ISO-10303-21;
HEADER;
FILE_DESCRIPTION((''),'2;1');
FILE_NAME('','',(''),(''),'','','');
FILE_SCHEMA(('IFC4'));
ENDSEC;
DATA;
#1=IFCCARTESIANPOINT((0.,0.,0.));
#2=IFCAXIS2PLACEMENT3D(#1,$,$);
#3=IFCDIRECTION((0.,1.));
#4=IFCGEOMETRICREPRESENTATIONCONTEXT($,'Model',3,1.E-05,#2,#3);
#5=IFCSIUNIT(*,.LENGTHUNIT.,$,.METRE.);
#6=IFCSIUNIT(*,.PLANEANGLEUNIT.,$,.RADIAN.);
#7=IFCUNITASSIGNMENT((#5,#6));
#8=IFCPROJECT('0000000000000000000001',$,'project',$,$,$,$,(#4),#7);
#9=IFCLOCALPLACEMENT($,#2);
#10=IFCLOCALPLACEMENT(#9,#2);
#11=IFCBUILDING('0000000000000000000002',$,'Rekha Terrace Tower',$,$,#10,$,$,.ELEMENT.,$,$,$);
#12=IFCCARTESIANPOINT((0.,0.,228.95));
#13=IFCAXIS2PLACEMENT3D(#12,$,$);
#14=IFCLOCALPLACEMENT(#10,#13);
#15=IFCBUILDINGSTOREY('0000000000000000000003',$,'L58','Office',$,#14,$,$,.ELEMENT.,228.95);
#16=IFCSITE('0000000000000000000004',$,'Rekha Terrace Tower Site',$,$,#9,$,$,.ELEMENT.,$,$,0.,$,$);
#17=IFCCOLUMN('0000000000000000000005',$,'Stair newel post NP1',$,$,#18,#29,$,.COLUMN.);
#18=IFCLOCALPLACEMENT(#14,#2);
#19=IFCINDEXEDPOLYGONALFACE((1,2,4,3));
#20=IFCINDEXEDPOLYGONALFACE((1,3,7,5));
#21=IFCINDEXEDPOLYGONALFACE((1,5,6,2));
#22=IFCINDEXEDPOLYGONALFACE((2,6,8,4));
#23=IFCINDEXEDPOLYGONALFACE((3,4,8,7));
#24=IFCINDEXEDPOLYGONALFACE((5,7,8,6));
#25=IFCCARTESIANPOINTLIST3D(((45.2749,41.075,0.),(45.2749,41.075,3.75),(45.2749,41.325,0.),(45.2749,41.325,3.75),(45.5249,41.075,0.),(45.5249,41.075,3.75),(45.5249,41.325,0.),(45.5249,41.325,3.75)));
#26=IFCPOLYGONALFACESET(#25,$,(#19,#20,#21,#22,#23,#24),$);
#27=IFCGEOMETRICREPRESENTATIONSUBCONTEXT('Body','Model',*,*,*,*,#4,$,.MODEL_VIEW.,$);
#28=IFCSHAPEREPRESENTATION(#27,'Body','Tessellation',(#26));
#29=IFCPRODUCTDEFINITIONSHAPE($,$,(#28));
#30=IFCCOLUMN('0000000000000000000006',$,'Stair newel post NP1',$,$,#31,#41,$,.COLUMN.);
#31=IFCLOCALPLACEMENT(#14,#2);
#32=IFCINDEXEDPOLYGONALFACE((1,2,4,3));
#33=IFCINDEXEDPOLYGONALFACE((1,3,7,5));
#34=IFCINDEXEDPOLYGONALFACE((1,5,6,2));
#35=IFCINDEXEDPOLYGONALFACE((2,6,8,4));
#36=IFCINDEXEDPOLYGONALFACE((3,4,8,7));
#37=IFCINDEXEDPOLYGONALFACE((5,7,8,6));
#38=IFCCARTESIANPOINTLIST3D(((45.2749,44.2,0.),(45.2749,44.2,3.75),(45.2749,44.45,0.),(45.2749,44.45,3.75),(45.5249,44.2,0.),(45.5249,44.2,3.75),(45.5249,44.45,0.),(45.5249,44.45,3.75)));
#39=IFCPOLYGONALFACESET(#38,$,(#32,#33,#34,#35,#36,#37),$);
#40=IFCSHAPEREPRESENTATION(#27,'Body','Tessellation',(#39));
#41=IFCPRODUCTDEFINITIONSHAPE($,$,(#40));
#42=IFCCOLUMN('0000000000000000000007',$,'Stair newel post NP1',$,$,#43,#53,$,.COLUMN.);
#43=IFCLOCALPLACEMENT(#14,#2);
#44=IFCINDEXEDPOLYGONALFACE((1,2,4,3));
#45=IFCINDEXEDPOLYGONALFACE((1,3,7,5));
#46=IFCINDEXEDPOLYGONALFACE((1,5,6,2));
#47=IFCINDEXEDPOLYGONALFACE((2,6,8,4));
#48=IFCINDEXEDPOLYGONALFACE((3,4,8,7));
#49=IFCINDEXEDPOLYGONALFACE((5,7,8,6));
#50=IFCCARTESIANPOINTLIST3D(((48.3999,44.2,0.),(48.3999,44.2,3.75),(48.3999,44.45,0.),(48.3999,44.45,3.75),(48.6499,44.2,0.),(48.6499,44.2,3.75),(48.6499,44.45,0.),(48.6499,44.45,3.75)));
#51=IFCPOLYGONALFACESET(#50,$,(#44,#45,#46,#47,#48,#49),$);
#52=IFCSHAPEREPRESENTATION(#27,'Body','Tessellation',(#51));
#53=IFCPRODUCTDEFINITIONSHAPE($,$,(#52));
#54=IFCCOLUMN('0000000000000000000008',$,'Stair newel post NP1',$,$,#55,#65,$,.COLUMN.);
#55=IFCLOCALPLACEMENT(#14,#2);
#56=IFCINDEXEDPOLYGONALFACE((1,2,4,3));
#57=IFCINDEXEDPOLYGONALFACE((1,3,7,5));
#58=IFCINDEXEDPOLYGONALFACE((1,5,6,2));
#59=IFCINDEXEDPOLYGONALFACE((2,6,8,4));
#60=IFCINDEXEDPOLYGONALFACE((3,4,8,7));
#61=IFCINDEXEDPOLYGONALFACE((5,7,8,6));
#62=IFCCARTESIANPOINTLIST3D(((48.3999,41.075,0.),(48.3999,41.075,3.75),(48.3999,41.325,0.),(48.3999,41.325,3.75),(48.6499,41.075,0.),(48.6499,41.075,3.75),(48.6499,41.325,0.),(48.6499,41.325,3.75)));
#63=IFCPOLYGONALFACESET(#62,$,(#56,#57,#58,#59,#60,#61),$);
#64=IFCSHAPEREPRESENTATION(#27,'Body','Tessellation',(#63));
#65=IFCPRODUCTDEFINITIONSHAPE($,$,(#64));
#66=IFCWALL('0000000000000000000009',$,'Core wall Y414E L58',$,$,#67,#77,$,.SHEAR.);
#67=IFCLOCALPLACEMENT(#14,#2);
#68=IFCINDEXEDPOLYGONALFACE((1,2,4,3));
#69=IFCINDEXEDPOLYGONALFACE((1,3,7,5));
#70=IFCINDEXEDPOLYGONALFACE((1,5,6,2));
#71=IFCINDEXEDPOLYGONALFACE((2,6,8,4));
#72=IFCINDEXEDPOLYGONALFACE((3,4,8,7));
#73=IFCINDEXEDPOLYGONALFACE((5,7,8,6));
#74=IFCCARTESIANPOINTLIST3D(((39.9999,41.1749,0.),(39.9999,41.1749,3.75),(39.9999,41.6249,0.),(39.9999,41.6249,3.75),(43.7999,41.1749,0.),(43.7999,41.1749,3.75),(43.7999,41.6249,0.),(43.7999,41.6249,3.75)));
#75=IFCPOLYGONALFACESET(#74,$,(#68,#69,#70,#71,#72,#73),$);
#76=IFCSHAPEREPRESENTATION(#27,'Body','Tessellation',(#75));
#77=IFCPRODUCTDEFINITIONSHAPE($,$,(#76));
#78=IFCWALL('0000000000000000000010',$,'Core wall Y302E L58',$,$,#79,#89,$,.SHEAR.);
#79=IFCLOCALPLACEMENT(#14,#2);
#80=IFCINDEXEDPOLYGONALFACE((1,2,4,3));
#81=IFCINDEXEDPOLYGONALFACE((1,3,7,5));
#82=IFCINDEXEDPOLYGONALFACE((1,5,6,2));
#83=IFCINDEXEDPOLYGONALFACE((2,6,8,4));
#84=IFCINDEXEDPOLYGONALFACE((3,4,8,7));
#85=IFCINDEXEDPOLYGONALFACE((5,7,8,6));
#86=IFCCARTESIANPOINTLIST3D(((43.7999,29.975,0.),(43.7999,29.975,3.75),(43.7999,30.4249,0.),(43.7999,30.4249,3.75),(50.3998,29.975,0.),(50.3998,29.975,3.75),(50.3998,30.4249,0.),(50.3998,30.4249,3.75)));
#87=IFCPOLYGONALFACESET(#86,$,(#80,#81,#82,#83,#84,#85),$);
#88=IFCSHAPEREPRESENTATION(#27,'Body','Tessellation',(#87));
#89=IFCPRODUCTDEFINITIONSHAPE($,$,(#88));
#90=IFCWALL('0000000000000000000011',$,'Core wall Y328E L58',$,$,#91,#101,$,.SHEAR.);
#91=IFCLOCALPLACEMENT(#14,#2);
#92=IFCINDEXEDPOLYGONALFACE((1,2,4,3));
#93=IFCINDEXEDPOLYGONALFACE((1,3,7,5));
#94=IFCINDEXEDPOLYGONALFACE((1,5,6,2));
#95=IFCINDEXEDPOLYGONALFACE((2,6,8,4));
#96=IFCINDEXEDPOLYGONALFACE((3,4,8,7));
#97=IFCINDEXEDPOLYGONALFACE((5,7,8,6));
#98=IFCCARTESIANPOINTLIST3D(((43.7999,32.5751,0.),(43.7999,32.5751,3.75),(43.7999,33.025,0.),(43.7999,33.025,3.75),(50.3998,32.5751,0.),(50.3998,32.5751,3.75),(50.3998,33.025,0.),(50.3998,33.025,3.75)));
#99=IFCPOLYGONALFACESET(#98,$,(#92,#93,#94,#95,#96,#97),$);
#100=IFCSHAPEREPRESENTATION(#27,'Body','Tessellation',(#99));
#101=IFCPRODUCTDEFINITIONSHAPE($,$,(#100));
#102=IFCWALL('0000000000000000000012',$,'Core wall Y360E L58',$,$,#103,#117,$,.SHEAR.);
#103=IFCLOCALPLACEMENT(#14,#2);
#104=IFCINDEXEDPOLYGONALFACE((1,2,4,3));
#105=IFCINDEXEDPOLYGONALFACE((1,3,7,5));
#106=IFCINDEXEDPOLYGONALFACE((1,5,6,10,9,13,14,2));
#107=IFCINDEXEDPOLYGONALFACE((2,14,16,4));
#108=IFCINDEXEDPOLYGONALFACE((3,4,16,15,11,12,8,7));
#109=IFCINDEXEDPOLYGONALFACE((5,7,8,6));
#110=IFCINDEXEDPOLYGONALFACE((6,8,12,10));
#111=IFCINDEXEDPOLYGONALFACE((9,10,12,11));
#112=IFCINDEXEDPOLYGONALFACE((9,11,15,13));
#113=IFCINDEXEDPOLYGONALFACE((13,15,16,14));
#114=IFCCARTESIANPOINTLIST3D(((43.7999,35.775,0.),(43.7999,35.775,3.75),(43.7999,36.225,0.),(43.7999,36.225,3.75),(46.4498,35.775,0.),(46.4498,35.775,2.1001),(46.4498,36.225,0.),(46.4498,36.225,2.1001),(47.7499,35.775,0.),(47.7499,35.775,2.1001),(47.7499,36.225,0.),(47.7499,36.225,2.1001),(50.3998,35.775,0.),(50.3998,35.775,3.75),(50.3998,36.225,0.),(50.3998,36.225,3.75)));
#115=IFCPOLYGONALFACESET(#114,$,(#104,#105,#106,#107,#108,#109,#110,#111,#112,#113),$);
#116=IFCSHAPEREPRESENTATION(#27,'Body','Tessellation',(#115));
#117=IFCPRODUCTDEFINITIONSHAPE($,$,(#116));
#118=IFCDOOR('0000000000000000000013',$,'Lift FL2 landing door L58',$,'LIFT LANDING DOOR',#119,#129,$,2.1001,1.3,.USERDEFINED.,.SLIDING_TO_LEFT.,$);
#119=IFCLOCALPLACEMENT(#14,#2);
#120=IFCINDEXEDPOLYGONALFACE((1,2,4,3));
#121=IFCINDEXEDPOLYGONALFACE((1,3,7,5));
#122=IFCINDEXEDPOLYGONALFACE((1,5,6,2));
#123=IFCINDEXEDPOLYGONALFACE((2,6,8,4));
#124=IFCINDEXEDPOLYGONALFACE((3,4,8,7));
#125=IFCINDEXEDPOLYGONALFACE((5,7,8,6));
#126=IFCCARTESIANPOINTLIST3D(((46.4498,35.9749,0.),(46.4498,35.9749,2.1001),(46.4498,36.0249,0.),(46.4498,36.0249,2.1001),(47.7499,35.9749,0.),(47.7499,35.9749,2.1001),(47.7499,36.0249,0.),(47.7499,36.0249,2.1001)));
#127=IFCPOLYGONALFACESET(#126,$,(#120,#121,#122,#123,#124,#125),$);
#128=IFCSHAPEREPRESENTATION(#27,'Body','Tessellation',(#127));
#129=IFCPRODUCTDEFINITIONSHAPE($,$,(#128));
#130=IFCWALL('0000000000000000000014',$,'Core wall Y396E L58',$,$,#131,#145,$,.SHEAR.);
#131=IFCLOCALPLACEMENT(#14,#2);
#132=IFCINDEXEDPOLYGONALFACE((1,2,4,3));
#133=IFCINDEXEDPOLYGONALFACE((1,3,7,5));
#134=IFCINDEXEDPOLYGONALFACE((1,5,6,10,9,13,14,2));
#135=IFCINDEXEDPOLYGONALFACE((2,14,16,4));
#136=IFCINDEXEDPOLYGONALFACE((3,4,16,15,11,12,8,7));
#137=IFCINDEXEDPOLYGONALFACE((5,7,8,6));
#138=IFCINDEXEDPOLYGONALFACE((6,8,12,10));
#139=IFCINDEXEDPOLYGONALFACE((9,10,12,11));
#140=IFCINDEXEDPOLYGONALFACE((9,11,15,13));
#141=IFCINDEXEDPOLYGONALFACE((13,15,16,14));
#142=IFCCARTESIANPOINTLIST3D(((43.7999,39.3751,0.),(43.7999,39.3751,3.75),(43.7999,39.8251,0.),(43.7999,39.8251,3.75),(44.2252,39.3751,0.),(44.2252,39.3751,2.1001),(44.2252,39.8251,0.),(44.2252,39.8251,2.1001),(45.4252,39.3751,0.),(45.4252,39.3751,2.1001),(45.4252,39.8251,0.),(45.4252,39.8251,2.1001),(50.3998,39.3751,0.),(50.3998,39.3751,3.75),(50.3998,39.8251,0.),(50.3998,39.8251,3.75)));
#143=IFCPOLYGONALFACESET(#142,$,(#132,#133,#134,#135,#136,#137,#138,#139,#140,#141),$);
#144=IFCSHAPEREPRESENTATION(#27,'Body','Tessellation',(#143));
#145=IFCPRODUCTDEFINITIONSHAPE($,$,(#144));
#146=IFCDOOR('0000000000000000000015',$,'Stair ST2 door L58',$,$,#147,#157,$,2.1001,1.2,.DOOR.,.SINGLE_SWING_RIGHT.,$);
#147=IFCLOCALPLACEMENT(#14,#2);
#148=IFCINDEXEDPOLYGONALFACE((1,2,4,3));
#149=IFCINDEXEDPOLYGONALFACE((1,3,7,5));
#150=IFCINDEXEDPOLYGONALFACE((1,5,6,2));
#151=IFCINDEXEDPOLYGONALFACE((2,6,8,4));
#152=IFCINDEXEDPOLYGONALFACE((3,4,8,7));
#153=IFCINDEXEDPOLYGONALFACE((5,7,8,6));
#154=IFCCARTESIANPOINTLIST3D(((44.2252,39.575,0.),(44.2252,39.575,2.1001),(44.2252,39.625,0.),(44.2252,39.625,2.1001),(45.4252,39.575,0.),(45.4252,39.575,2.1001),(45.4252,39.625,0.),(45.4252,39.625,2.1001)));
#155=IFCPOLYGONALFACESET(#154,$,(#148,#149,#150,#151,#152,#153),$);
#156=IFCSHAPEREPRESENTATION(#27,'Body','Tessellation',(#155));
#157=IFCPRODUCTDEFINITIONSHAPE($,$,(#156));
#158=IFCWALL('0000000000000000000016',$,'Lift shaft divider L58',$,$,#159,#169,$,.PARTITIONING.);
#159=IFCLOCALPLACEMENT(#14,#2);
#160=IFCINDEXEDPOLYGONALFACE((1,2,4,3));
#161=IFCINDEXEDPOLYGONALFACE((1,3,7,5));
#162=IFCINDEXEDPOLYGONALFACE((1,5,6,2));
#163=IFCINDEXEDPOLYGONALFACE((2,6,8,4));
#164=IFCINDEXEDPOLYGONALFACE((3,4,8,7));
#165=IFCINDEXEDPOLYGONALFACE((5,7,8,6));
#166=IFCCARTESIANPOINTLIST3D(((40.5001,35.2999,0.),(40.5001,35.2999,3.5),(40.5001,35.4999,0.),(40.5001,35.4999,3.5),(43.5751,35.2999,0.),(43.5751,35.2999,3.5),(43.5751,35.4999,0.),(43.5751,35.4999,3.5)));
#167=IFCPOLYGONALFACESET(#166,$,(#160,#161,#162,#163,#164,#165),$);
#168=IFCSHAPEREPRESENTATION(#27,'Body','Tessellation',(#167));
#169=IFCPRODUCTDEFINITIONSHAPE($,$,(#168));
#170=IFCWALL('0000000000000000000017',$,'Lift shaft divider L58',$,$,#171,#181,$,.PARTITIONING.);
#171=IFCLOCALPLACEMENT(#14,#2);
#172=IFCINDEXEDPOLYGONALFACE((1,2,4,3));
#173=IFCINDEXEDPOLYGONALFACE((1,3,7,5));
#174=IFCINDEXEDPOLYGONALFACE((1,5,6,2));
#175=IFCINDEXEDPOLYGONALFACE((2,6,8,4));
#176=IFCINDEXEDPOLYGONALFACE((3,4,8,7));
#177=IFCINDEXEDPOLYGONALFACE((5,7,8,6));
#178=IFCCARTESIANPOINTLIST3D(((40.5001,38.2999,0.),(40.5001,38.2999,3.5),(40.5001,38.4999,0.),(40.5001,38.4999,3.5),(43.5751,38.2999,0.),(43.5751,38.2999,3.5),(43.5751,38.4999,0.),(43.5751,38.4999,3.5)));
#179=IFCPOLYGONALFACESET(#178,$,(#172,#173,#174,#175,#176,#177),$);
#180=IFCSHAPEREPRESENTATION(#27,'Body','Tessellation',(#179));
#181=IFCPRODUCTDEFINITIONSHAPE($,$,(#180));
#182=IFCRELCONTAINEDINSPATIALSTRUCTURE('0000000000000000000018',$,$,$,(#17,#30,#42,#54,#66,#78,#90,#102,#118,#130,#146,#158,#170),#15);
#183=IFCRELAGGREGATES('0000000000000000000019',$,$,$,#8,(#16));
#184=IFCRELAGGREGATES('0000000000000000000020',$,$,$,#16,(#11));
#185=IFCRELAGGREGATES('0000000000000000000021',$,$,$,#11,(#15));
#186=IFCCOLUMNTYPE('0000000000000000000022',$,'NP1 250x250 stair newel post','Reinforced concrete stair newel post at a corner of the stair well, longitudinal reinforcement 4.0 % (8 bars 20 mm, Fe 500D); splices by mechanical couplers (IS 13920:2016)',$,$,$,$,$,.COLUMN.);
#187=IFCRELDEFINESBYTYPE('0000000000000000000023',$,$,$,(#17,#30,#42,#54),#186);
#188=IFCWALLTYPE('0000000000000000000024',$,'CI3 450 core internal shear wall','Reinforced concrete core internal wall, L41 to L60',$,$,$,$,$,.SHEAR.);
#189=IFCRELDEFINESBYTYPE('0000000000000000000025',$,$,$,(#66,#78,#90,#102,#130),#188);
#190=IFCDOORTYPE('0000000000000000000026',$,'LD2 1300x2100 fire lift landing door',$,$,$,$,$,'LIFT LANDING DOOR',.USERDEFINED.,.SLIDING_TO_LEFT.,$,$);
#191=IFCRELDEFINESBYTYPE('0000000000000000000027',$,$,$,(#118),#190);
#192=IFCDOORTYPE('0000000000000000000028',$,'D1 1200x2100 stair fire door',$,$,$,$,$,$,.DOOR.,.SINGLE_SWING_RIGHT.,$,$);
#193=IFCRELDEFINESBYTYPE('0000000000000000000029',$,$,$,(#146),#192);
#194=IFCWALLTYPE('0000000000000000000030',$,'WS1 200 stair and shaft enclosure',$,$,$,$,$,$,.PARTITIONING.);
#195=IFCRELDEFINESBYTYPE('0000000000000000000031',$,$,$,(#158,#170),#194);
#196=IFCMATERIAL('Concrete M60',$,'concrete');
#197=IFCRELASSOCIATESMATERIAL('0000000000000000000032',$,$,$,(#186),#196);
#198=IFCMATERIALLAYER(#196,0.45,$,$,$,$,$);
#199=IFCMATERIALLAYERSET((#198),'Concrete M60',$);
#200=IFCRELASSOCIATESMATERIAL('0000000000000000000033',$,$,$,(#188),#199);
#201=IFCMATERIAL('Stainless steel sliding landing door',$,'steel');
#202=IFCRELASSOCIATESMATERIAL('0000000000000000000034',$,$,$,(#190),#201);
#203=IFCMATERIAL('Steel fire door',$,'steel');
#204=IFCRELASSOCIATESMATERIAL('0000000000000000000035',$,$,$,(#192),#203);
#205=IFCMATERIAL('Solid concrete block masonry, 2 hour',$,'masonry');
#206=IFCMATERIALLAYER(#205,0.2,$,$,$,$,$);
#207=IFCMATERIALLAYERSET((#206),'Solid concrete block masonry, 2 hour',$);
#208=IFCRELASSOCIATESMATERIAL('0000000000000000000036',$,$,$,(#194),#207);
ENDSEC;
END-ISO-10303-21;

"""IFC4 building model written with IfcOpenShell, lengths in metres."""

from ifc_helpers import new_model, si_unit, direction, frame, frame_2d, origin, origin_2d, place, context, subcontext, project, spatial, rectangle, extrude, material, layer, layer_set, material_profile, profile_set, type_object, element, fill, save


model = new_model("IFC4")

# Units and contexts
model_context = context("Model", 3, precision=1e-05, world=origin(), true_north=direction((0.0, 1.0)))
body_context = subcontext(model_context, "Body", "Model", "MODEL_VIEW")
ifc_project = project(units=[si_unit("LENGTHUNIT", "METRE"), si_unit("PLANEANGLEUNIT", "RADIAN")], contexts=[model_context])

# Site, building, storey
site_placement = place(None, origin())
site = spatial("IfcSite", under=ifc_project, at=site_placement, Name="Rekha Terrace Tower Site", CompositionType="ELEMENT", RefElevation=0.0)
building_placement = place(site_placement, origin())
building = spatial("IfcBuilding", under=site, at=building_placement, Name="Rekha Terrace Tower", CompositionType="ELEMENT")
storey_placement = place(building_placement, frame((0.0, 0.0, 228.95)))
storey = spatial("IfcBuildingStorey", under=building, at=storey_placement, Name="L58", Description="Office", CompositionType="ELEMENT", Elevation=228.95)

# Columns
ifc_material_1 = material(Name="Concrete M60", Category="concrete")
ifc_material_profile = material_profile(ifc_material_1, rectangle(XDim=0.25, YDim=0.25, at=origin_2d()), Name="RC 250x250")
ifc_profile_set = profile_set([ifc_material_profile], Name="Concrete M60")
column_type = type_object("IfcColumnType", Name="NP1 250x250 stair newel post", Description="Reinforced concrete stair newel post at a corner of the stair well, longitudinal reinforcement 4.0 % (8 bars 20 mm, Fe 500D); splices by mechanical couplers (IS 13920:2016)", PredefinedType="COLUMN", material=ifc_profile_set)
for number, where, z_axis, x_axis, name in (
    (1, (45.3999, 41.2, 0.0), (0.0, 0.0, 1.0), (1.0, 0.0, 0.0), "Stair newel post NP1"),
    (2, (45.3999, 44.325, 0.0), (0.0, 0.0, 1.0), (1.0, 0.0, 0.0), "Stair newel post NP1"),
    (3, (48.5249, 44.325, 0.0), (0.0, 0.0, 1.0), (1.0, 0.0, 0.0), "Stair newel post NP1"),
    (4, (48.5249, 41.2, 0.0), (0.0, 0.0, 1.0), (1.0, 0.0, 0.0), "Stair newel post NP1"),
):
    element("IfcColumn", number, at=place(storey_placement, frame(where, z_axis=z_axis, x_axis=x_axis)), inside=storey, type_object=column_type, Name=name, PredefinedType="COLUMN", context=body_context, shape_type="SweptSolid", body=[
        extrude(rectangle(XDim=0.25, YDim=0.25, at=origin_2d()), origin(), (0.0, 0.0, 1.0), 3.75),
    ])

# Walls
ifc_layer_1 = layer(ifc_material_1, 0.45)
ifc_layer_set_1 = layer_set([ifc_layer_1], Name="Concrete M60")
wall_type_1 = type_object("IfcWallType", Name="CI3 450 core internal shear wall", Description="Reinforced concrete core internal wall, L41 to L60", PredefinedType="SHEAR", material=ifc_layer_set_1)
wall_1_placement = place(storey_placement, frame((40.0, 41.3999, 0.0), z_axis=(0.0, 0.0, 1.0), x_axis=(1.0, 0.0, 0.0)))
element("IfcWall", 5, at=wall_1_placement, inside=storey, type_object=wall_type_1, Name="Core wall Y414E L58", PredefinedType="SHEAR", context=body_context, shape_type="SweptSolid", body=[
    extrude(rectangle(XDim=3.8, YDim=0.45, at=frame_2d((1.8999, 0.0))), origin(), (0.0, 0.0, 1.0), 3.75),
])
for number, where, z_axis, x_axis, name in (
    (6, (43.8, 30.2, 0.0), (0.0, 0.0, 1.0), (1.0, 0.0, 0.0), "Core wall Y302E L58"),
    (7, (43.8, 32.8, 0.0), (0.0, 0.0, 1.0), (1.0, 0.0, 0.0), "Core wall Y328E L58"),
):
    element("IfcWall", number, at=place(storey_placement, frame(where, z_axis=z_axis, x_axis=x_axis)), inside=storey, type_object=wall_type_1, Name=name, PredefinedType="SHEAR", context=body_context, shape_type="SweptSolid", body=[
        extrude(rectangle(XDim=6.5999, YDim=0.45, at=frame_2d((3.2998, 0.0))), origin(), (0.0, 0.0, 1.0), 3.75),
    ])

# Walls, openings, doors
wall_2_placement = place(storey_placement, frame((43.8, 36.0, 0.0), z_axis=(0.0, 0.0, 1.0), x_axis=(1.0, 0.0, 0.0)))
wall_2 = element("IfcWall", 8, at=wall_2_placement, inside=storey, type_object=wall_type_1, Name="Core wall Y360E L58", PredefinedType="SHEAR", context=body_context, shape_type="SweptSolid", body=[
    extrude(rectangle(XDim=6.5999, YDim=0.45, at=frame_2d((3.2998, 0.0))), origin(), (0.0, 0.0, 1.0), 3.75),
])
opening_1_placement = place(wall_2_placement, frame((2.6499, 0.0, 0.0)))
opening_1 = element("IfcOpeningElement", 9, at=opening_1_placement, cuts=wall_2, PredefinedType="OPENING", context=body_context, shape_type="SweptSolid", body=[
    extrude(rectangle(XDim=1.3, YDim=2.1001, at=frame_2d((0.6499, 1.05))), frame((0.0, 0.2349, 0.0), z_axis=(0.0, -1.0, 0.0), x_axis=(1.0, 0.0, 0.0)), (0.0, 0.0, 1.0), 0.47),
])
ifc_material_2 = material(Name="Stainless steel sliding landing door", Category="steel")
door_type_1 = type_object("IfcDoorType", Name="LD2 1300x2100 fire lift landing door", ElementType="LIFT LANDING DOOR", OperationType="SLIDING_TO_LEFT", PredefinedType="USERDEFINED", material=ifc_material_2)
door_1_placement = place(opening_1_placement, origin())
door_1 = element("IfcDoor", 10, at=door_1_placement, inside=storey, type_object=door_type_1, Name="Lift FL2 landing door L58", ObjectType="LIFT LANDING DOOR", OperationType="SLIDING_TO_LEFT", OverallHeight=2.1001, OverallWidth=1.3, PredefinedType="USERDEFINED", context=body_context, shape_type="SweptSolid", body=[
    extrude(rectangle(XDim=1.3, YDim=2.1001, at=frame_2d((0.6499, 1.05))), frame((0.0, 0.0249, 0.0), z_axis=(0.0, -1.0, 0.0), x_axis=(1.0, 0.0, 0.0)), (0.0, 0.0, 1.0), 0.05),
])
fill(opening_1, door_1)
wall_3_placement = place(storey_placement, frame((43.8, 39.6001, 0.0), z_axis=(0.0, 0.0, 1.0), x_axis=(1.0, 0.0, 0.0)))
wall_3 = element("IfcWall", 11, at=wall_3_placement, inside=storey, type_object=wall_type_1, Name="Core wall Y396E L58", PredefinedType="SHEAR", context=body_context, shape_type="SweptSolid", body=[
    extrude(rectangle(XDim=6.5999, YDim=0.45, at=frame_2d((3.2998, 0.0))), origin(), (0.0, 0.0, 1.0), 3.75),
])
opening_2_placement = place(wall_3_placement, frame((0.425, 0.0, 0.0)))
opening_2 = element("IfcOpeningElement", 12, at=opening_2_placement, cuts=wall_3, PredefinedType="OPENING", context=body_context, shape_type="SweptSolid", body=[
    extrude(rectangle(XDim=1.2, YDim=2.1001, at=frame_2d((0.6001, 1.05))), frame((0.0, 0.2349, 0.0), z_axis=(0.0, -1.0, 0.0), x_axis=(1.0, 0.0, 0.0)), (0.0, 0.0, 1.0), 0.47),
])
ifc_material_3 = material(Name="Steel fire door", Category="steel")
door_type_2 = type_object("IfcDoorType", Name="D1 1200x2100 stair fire door", OperationType="SINGLE_SWING_RIGHT", PredefinedType="DOOR", material=ifc_material_3)
door_2_placement = place(opening_2_placement, origin())
door_2 = element("IfcDoor", 13, at=door_2_placement, inside=storey, type_object=door_type_2, Name="Stair ST2 door L58", OperationType="SINGLE_SWING_RIGHT", OverallHeight=2.1001, OverallWidth=1.2, PredefinedType="DOOR", context=body_context, shape_type="SweptSolid", body=[
    extrude(rectangle(XDim=1.2, YDim=2.1001, at=frame_2d((0.6001, 1.05))), frame((0.0, 0.0249, 0.0), z_axis=(0.0, -1.0, 0.0), x_axis=(1.0, 0.0, 0.0)), (0.0, 0.0, 1.0), 0.05),
])
fill(opening_2, door_2)

# Walls
ifc_material_4 = material(Name="Solid concrete block masonry, 2 hour", Category="masonry")
ifc_layer_2 = layer(ifc_material_4, 0.2)
ifc_layer_set_2 = layer_set([ifc_layer_2], Name="Solid concrete block masonry, 2 hour")
wall_type_2 = type_object("IfcWallType", Name="WS1 200 stair and shaft enclosure", PredefinedType="PARTITIONING", material=ifc_layer_set_2)
for number, where, z_axis, x_axis, name in (
    (14, (40.5, 35.3999, 0.0), (0.0, 0.0, 1.0), (1.0, 0.0, 0.0), "Lift shaft divider L58"),
    (15, (40.5, 38.3999, 0.0), (0.0, 0.0, 1.0), (1.0, 0.0, 0.0), "Lift shaft divider L58"),
):
    element("IfcWall", number, at=place(storey_placement, frame(where, z_axis=z_axis, x_axis=x_axis)), inside=storey, type_object=wall_type_2, Name=name, PredefinedType="PARTITIONING", context=body_context, shape_type="SweptSolid", body=[
        extrude(rectangle(XDim=3.075, YDim=0.2, at=frame_2d((1.5376, 0.0))), origin(), (0.0, 0.0, 1.0), 3.5),
    ])

save(model, "model.ifc")
